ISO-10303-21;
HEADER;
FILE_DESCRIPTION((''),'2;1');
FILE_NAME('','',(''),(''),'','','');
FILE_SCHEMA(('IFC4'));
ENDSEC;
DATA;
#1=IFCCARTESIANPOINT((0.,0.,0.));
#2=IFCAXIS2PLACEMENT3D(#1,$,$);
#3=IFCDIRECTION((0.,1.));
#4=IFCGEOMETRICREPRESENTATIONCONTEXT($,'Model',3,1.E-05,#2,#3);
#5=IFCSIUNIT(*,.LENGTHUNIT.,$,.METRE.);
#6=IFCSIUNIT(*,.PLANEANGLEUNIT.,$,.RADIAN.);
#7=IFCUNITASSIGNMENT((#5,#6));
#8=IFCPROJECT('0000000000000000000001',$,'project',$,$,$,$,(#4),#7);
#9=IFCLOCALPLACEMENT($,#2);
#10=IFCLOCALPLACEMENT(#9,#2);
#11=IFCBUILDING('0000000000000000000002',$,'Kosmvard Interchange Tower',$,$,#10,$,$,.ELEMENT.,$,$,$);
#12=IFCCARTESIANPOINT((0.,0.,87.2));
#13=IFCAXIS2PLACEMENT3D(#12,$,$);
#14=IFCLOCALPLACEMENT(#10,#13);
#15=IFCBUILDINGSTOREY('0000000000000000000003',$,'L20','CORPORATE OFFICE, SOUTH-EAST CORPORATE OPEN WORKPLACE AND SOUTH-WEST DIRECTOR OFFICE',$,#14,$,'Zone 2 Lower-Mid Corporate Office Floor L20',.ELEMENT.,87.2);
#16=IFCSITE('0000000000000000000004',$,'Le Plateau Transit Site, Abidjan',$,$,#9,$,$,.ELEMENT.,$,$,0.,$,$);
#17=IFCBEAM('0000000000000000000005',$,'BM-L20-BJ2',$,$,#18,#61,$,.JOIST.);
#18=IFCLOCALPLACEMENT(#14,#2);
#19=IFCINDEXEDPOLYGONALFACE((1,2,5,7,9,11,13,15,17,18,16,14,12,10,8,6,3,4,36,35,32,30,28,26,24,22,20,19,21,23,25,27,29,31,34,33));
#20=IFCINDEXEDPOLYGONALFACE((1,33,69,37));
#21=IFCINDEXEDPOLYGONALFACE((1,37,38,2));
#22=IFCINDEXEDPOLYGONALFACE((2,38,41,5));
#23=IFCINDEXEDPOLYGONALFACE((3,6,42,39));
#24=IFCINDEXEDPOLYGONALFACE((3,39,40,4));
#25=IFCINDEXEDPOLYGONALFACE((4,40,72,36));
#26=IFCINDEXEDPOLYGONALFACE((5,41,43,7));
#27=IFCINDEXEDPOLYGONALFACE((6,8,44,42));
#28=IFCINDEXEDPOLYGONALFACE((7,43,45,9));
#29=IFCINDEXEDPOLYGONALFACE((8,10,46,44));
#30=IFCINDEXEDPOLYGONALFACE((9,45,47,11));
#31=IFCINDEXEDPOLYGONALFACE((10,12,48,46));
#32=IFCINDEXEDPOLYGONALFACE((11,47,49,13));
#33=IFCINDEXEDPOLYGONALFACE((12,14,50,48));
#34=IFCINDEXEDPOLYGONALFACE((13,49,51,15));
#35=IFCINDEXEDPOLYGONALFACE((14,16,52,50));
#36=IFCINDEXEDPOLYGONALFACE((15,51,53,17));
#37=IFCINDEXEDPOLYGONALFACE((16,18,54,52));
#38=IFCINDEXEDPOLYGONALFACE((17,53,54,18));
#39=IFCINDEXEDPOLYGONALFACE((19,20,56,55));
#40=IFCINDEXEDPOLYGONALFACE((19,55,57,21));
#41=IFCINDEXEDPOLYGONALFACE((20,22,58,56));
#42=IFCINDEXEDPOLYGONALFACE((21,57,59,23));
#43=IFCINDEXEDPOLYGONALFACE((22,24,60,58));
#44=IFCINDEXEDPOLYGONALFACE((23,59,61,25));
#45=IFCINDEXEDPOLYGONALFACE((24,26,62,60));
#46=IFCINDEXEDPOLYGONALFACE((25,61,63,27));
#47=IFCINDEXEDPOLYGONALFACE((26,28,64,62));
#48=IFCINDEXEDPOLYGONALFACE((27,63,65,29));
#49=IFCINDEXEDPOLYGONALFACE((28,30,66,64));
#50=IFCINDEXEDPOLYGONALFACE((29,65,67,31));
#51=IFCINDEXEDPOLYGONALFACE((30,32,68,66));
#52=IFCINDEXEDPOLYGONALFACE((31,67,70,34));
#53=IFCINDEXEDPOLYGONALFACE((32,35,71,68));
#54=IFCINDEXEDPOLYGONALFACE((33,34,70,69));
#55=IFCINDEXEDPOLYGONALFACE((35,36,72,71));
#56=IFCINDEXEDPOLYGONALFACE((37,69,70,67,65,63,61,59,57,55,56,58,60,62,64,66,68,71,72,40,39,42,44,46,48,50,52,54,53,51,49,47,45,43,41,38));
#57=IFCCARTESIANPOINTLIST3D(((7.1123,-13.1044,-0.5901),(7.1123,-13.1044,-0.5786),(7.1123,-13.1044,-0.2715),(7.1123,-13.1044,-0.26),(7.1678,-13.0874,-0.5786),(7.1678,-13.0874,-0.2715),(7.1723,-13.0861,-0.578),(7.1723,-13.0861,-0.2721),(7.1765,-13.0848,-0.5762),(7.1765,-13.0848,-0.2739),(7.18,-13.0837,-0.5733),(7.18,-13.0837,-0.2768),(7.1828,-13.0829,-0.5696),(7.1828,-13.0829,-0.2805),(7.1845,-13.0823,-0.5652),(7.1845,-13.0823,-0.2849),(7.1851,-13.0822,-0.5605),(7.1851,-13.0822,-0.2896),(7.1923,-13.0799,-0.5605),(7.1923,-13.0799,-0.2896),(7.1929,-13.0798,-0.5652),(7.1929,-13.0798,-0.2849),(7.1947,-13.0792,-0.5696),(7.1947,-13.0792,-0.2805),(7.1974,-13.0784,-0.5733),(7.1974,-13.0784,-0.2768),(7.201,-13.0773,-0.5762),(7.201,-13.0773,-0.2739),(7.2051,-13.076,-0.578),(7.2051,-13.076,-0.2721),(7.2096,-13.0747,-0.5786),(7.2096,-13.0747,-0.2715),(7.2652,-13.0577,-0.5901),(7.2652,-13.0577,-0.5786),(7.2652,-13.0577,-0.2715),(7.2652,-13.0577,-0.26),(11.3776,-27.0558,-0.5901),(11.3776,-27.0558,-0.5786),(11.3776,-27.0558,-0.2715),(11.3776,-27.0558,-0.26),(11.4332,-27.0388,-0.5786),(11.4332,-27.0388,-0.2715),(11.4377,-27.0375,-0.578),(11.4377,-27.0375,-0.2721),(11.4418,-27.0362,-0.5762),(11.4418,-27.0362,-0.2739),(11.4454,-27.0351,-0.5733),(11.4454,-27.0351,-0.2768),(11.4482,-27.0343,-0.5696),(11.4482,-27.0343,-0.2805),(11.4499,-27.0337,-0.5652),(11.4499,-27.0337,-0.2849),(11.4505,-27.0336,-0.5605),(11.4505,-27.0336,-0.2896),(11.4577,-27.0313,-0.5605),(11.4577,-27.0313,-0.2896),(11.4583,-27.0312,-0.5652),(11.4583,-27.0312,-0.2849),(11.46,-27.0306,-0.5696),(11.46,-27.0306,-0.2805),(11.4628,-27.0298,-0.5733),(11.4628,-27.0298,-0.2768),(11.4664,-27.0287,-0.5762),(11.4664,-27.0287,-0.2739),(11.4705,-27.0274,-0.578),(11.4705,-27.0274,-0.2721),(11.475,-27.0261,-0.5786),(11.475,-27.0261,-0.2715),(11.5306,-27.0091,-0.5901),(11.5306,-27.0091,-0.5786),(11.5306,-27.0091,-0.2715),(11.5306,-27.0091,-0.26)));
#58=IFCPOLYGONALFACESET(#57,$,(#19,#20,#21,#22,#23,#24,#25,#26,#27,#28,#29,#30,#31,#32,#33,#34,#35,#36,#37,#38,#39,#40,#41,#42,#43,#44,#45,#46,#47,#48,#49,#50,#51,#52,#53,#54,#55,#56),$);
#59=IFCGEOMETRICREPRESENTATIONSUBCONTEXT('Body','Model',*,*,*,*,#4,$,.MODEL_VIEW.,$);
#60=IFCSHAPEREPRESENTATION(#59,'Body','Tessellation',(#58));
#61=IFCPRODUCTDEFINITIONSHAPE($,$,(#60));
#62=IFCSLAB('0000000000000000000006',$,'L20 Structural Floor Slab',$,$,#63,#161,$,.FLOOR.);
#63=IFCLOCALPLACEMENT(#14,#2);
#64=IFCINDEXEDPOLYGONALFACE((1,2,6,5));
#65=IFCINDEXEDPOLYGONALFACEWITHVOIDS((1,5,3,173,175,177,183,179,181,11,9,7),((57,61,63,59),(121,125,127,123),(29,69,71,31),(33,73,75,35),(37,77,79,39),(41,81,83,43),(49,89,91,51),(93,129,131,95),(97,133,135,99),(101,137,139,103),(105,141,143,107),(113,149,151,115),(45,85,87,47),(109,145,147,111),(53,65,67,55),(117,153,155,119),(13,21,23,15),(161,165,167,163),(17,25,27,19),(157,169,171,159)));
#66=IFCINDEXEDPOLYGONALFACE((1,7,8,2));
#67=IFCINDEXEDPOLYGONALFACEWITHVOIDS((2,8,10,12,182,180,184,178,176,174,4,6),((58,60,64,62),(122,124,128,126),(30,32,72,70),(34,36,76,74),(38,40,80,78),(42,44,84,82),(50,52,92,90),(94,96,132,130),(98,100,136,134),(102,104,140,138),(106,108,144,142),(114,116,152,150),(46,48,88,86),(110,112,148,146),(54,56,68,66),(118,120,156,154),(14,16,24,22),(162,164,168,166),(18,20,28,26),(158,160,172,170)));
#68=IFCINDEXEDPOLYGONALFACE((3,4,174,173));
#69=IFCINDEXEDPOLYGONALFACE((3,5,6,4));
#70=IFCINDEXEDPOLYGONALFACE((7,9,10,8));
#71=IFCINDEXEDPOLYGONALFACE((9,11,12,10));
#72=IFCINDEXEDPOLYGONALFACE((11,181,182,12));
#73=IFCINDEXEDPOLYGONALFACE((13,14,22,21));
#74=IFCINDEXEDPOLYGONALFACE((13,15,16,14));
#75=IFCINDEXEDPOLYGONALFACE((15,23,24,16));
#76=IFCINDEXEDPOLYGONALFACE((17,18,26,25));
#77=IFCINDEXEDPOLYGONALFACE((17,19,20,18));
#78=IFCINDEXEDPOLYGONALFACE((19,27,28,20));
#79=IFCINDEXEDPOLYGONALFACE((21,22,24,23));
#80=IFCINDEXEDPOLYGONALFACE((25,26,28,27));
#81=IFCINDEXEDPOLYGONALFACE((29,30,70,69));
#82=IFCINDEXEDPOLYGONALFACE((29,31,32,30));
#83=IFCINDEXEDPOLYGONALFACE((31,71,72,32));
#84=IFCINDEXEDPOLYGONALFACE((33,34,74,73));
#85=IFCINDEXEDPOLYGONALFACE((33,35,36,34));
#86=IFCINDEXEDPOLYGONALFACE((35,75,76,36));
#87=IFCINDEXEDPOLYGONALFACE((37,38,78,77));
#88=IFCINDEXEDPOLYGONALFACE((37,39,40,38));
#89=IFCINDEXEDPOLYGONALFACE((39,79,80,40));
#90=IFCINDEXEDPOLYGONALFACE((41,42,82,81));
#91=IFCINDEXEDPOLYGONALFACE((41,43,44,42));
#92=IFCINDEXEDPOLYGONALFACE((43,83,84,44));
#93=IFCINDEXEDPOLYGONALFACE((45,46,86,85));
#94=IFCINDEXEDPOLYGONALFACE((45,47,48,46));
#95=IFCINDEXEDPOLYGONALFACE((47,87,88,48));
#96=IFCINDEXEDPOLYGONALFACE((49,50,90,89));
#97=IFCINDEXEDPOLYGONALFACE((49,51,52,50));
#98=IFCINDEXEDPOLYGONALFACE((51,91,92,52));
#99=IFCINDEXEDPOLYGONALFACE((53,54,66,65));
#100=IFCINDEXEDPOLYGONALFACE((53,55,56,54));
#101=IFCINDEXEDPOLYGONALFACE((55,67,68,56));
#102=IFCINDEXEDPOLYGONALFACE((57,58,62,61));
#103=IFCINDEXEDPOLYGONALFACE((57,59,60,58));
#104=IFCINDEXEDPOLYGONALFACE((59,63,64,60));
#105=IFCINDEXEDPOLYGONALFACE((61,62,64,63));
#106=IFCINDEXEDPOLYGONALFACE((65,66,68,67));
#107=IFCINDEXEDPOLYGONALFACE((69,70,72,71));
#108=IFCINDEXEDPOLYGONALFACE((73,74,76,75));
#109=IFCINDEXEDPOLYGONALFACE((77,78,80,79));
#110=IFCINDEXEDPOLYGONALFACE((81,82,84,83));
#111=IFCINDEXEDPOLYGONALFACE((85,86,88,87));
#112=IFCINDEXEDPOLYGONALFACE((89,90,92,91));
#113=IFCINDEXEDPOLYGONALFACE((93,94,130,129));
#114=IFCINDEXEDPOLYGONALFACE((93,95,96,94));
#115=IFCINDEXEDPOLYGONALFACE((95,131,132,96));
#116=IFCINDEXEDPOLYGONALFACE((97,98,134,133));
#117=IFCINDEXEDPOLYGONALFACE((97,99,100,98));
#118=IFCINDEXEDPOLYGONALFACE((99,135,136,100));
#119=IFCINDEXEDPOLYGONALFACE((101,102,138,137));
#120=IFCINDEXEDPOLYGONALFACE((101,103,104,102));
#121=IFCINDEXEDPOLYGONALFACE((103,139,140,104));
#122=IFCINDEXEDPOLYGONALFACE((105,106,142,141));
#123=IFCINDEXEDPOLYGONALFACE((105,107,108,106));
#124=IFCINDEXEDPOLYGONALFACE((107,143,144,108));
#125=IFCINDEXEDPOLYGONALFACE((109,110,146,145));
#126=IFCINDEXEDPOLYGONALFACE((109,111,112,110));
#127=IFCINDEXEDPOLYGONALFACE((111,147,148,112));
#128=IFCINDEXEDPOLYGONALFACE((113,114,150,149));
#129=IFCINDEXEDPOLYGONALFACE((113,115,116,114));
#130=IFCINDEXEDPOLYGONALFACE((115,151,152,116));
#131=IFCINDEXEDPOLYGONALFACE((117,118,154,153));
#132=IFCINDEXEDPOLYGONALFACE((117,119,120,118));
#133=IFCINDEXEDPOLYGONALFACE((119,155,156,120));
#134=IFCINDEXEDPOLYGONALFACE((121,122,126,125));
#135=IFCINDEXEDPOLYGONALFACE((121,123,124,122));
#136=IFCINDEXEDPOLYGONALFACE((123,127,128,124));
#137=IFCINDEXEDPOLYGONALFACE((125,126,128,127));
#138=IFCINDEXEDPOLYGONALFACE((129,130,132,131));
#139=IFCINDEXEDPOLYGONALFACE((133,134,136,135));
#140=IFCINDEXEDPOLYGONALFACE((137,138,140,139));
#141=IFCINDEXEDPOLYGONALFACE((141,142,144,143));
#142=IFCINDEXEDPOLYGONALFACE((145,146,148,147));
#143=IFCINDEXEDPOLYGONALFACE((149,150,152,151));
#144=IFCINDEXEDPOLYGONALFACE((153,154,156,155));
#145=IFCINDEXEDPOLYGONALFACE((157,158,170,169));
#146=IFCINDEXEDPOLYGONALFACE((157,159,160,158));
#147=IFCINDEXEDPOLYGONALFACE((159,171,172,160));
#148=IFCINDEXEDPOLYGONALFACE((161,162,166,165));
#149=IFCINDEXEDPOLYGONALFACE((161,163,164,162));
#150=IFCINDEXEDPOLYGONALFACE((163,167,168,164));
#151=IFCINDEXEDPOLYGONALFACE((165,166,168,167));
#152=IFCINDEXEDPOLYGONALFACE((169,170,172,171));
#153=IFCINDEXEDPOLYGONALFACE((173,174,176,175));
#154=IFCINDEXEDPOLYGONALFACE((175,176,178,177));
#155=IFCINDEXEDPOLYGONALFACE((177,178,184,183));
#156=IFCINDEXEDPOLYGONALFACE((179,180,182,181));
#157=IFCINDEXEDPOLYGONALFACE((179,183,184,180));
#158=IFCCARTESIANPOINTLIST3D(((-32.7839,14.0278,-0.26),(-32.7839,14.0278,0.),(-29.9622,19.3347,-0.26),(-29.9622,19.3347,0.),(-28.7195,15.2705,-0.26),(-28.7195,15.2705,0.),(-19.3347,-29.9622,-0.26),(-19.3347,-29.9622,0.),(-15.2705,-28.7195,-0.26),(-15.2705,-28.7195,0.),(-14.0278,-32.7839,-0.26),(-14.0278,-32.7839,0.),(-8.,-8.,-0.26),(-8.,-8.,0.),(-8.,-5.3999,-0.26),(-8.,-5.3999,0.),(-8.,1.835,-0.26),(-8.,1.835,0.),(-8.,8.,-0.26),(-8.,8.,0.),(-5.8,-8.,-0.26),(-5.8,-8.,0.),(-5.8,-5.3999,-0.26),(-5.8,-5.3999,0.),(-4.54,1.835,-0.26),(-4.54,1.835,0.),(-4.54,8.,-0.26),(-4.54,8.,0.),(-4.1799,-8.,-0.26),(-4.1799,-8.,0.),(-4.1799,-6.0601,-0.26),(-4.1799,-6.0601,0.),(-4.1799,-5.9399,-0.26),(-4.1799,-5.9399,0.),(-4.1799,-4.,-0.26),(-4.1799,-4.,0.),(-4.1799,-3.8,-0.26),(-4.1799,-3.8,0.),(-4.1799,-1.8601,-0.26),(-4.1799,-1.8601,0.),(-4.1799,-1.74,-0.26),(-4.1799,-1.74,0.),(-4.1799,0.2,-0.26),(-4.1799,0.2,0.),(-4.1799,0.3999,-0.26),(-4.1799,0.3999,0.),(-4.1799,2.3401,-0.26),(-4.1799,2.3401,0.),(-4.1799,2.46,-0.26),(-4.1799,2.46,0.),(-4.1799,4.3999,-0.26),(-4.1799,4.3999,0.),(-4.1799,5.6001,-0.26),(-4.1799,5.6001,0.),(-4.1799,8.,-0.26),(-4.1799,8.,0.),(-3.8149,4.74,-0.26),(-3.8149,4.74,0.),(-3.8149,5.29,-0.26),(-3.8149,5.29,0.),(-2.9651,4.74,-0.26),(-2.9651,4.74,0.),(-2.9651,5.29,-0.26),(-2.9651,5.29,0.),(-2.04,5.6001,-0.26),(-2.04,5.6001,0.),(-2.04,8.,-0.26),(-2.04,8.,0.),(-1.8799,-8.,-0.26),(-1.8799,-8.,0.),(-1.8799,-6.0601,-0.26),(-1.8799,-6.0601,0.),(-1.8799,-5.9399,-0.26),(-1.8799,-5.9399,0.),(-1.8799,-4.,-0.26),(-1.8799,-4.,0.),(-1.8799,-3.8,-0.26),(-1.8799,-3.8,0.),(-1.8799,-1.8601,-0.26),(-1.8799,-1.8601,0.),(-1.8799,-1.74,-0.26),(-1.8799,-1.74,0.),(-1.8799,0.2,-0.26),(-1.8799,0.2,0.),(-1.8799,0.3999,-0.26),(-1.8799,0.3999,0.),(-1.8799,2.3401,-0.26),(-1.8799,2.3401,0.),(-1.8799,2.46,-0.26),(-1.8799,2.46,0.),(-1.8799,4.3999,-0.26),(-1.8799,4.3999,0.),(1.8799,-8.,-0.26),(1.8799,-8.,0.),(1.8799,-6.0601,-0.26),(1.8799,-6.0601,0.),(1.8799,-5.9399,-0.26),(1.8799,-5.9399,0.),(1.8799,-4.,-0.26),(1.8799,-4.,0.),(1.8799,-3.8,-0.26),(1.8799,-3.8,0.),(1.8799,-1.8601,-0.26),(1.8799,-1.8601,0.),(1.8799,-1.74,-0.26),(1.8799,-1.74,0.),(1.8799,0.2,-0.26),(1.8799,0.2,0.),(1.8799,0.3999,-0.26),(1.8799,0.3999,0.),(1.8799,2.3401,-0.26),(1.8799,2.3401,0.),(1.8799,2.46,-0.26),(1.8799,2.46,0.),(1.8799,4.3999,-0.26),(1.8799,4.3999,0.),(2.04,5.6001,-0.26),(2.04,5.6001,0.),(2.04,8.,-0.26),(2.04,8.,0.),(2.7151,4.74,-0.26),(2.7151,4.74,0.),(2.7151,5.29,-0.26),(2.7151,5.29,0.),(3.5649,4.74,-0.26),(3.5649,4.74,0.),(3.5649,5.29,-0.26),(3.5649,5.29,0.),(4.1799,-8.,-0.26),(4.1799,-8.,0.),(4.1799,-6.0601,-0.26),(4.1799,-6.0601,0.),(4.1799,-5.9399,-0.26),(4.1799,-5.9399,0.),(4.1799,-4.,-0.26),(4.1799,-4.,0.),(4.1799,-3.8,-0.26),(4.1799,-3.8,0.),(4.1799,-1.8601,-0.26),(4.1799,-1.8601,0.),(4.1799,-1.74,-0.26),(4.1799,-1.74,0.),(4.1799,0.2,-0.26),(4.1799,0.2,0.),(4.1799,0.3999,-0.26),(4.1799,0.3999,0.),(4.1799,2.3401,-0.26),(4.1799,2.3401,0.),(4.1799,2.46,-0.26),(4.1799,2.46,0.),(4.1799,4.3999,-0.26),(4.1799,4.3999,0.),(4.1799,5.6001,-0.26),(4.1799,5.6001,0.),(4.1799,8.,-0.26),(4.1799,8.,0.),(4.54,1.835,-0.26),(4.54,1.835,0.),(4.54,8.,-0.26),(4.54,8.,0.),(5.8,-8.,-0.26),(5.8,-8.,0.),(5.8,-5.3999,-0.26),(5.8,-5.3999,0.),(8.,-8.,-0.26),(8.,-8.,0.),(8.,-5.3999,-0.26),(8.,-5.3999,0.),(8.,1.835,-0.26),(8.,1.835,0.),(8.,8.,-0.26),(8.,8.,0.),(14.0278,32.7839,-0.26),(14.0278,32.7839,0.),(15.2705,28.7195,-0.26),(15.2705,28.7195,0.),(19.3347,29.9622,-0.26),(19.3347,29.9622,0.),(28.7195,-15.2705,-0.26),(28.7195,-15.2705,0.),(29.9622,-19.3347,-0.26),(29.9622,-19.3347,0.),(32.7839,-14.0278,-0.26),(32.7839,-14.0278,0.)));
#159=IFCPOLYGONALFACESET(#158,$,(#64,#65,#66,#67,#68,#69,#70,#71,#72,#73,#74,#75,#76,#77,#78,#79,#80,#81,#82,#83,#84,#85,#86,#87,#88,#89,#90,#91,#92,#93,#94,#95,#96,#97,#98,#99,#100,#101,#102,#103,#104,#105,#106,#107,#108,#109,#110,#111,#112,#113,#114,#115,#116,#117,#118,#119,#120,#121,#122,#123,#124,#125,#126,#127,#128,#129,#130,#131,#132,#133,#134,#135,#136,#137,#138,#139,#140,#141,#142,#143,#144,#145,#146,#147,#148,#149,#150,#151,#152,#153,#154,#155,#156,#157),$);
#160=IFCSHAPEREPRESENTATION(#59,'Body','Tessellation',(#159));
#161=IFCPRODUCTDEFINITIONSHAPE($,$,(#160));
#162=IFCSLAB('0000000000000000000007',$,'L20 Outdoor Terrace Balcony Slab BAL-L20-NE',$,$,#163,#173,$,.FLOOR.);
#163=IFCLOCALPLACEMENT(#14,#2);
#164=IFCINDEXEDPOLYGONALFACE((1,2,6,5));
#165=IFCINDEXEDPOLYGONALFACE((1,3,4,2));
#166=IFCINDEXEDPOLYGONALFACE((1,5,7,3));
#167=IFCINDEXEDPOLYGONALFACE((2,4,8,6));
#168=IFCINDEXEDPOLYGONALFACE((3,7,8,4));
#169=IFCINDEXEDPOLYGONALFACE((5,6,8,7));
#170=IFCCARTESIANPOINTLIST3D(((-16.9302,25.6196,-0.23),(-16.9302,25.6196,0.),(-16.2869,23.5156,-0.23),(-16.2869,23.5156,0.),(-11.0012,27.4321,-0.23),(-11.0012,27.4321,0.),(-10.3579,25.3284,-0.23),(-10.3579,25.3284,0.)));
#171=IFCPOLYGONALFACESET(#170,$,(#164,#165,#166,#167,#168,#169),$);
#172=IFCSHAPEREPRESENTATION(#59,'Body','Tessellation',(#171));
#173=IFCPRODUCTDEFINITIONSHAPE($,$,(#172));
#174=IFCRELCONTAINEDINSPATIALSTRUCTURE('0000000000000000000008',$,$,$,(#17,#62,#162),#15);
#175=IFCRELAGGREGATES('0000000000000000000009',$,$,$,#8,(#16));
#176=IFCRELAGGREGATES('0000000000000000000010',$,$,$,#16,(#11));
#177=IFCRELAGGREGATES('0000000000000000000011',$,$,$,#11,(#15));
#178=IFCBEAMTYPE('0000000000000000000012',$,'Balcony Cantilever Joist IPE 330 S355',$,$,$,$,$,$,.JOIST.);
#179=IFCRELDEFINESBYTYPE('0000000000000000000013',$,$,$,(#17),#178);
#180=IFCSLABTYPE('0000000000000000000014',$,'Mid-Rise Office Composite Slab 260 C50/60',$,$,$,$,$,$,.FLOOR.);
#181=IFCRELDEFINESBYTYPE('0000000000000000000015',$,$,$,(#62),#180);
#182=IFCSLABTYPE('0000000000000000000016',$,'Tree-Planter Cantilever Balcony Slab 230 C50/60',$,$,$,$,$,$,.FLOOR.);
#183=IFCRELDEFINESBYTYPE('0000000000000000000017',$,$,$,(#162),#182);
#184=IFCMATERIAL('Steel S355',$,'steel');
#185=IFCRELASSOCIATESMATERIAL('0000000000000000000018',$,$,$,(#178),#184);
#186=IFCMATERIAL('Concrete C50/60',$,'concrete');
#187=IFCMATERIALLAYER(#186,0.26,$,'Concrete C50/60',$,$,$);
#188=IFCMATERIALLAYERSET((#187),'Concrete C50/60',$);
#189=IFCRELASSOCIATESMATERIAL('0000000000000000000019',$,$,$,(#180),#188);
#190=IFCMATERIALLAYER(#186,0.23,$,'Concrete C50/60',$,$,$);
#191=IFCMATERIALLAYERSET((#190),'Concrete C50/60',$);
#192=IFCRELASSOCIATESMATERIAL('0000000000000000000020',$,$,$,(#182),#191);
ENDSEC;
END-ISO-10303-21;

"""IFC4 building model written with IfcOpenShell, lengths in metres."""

from ifc_helpers import new_model, si_unit, direction, frame, origin, origin_2d, place, context, subcontext, project, spatial, polyline, i_section, outline, extrude, source, transform, mapped, material, layer, layer_set, material_profile, profile_set, type_object, element, save


model = new_model("IFC4")

# Units and contexts
model_context = context("Model", 3, precision=1e-05, world=origin(), true_north=direction((0.0, 1.0)))
body_context = subcontext(model_context, "Body", "Model", "MODEL_VIEW")
ifc_project = project(units=[si_unit("LENGTHUNIT", "METRE"), si_unit("PLANEANGLEUNIT", "RADIAN")], contexts=[model_context])

# Site, building, storey
site_placement = place(None, origin())
site = spatial("IfcSite", under=ifc_project, at=site_placement, Name="Le Plateau Transit Site, Abidjan", CompositionType="ELEMENT", RefElevation=0.0)
building_placement = place(site_placement, origin())
building = spatial("IfcBuilding", under=site, at=building_placement, Name="Kosmvard Interchange Tower", CompositionType="ELEMENT")
storey_placement = place(building_placement, frame((0.0, 0.0, 87.2)))
storey = spatial("IfcBuildingStorey", under=building, at=storey_placement, Name="L20", Description="CORPORATE OFFICE, SOUTH-EAST CORPORATE OPEN WORKPLACE AND SOUTH-WEST DIRECTOR OFFICE", LongName="Zone 2 Lower-Mid Corporate Office Floor L20", CompositionType="ELEMENT", Elevation=87.2)

# Beam
ifc_material_1 = material(Name="Steel S355", Category="steel")
ifc_material_profile_1 = material_profile(ifc_material_1, i_section(OverallWidth=0.1599, OverallDepth=0.3301, WebThickness=0.0076, FlangeThickness=0.0115, FilletRadius=0.0181, at=origin_2d()), Name="IPE 330")
ifc_profile_set_1 = profile_set([ifc_material_profile_1], Name="Steel S355")
beam_type_1 = type_object("IfcBeamType", Name="Balcony Cantilever Joist IPE 330 S355", PredefinedType="JOIST", material=ifc_profile_set_1)
shared_shape_1 = source(origin(), body_context, "Body", "SweptSolid", [
    extrude(i_section(OverallWidth=0.1599, OverallDepth=0.3301, WebThickness=0.0076, FlangeThickness=0.0115, FilletRadius=0.0181, at=origin_2d()), origin(), (0.0, 0.0, 1.0), 14.5889),
])
beam_1_placement = place(storey_placement, frame((7.1887, -13.0811, -0.425), z_axis=(0.292372, -0.956305, 0.0), x_axis=(0.956305, 0.292372, 0.0)))
element("IfcBeam", 1, at=beam_1_placement, inside=storey, type_object=beam_type_1, Name="BM-L20-BJ2", PredefinedType="JOIST", context=body_context, shape_type="MappedRepresentation", body=[
    mapped(shared_shape_1, transform((0.0, 0.0, 0.0), scale=1.0)),
])

# Slabs
ifc_material_2 = material(Name="Concrete C50/60", Category="concrete")
ifc_layer_1 = layer(ifc_material_2, 0.26, Name="Concrete C50/60")
ifc_layer_set_1 = layer_set([ifc_layer_1], Name="Concrete C50/60")
slab_type_1 = type_object("IfcSlabType", Name="Mid-Rise Office Composite Slab 260 C50/60", PredefinedType="FLOOR", material=ifc_layer_set_1)
slab_1_placement = place(storey_placement, frame((0.0, 0.0, -0.26)))
element("IfcSlab", 2, at=slab_1_placement, inside=storey, type_object=slab_type_1, Name="L20 Structural Floor Slab", PredefinedType="FLOOR", context=body_context, shape_type="SweptSolid", body=[
    extrude(outline(polyline([(-14.0278, -32.7839), (29.9622, -19.3347), (28.7195, -15.2705), (32.7839, -14.0278), (19.3347, 29.9622), (15.2705, 28.7195), (14.0278, 32.7839), (-29.9622, 19.3347), (-28.7195, 15.2705), (-32.7839, 14.0278), (-19.3347, -29.9622), (-15.2705, -28.7195), (-14.0278, -32.7839)]), holes=[polyline([(-8.0, 1.835), (-4.54, 1.835), (-4.54, 8.0), (-8.0, 8.0), (-8.0, 1.835)]), polyline([(4.54, 1.835), (8.0, 1.835), (8.0, 8.0), (4.54, 8.0), (4.54, 1.835)]), polyline([(-8.0, -8.0), (-5.8, -8.0), (-5.8, -5.3999), (-8.0, -5.3999), (-8.0, -8.0)]), polyline([(5.8, -8.0), (8.0, -8.0), (8.0, -5.3999), (5.8, -5.3999), (5.8, -8.0)]), polyline([(-4.1799, -8.0), (-1.8799, -8.0), (-1.8799, -6.0601), (-4.1799, -6.0601), (-4.1799, -8.0)]), polyline([(-4.1799, -5.9399), (-1.8799, -5.9399), (-1.8799, -4.0), (-4.1799, -4.0), (-4.1799, -5.9399)]), polyline([(1.8799, -8.0), (4.1799, -8.0), (4.1799, -6.0601), (1.8799, -6.0601), (1.8799, -8.0)]), polyline([(1.8799, -5.9399), (4.1799, -5.9399), (4.1799, -4.0), (1.8799, -4.0), (1.8799, -5.9399)]), polyline([(-4.1799, -3.8), (-1.8799, -3.8), (-1.8799, -1.8601), (-4.1799, -1.8601), (-4.1799, -3.8)]), polyline([(-4.1799, -1.74), (-1.8799, -1.74), (-1.8799, 0.2), (-4.1799, 0.2), (-4.1799, -1.74)]), polyline([(1.8799, -3.8), (4.1799, -3.8), (4.1799, -1.8601), (1.8799, -1.8601), (1.8799, -3.8)]), polyline([(1.8799, -1.74), (4.1799, -1.74), (4.1799, 0.2), (1.8799, 0.2), (1.8799, -1.74)]), polyline([(-4.1799, 0.3999), (-1.8799, 0.3999), (-1.8799, 2.3401), (-4.1799, 2.3401), (-4.1799, 0.3999)]), polyline([(-4.1799, 2.46), (-1.8799, 2.46), (-1.8799, 4.3999), (-4.1799, 4.3999), (-4.1799, 2.46)]), polyline([(1.8799, 0.3999), (4.1799, 0.3999), (4.1799, 2.3401), (1.8799, 2.3401), (1.8799, 0.3999)]), polyline([(1.8799, 2.46), (4.1799, 2.46), (4.1799, 4.3999), (1.8799, 4.3999), (1.8799, 2.46)]), polyline([(-4.1799, 5.6001), (-2.04, 5.6001), (-2.04, 8.0), (-4.1799, 8.0), (-4.1799, 5.6001)]), polyline([(2.04, 5.6001), (4.1799, 5.6001), (4.1799, 8.0), (2.04, 8.0), (2.04, 5.6001)]), polyline([(-3.8149, 4.74), (-2.9651, 4.74), (-2.9651, 5.29), (-3.8149, 5.29), (-3.8149, 4.74)]), polyline([(2.7151, 4.74), (3.5649, 4.74), (3.5649, 5.29), (2.7151, 5.29), (2.7151, 4.74)])]), origin(), (0.0, 0.0, 1.0), 0.26),
])
ifc_layer_2 = layer(ifc_material_2, 0.23, Name="Concrete C50/60")
ifc_layer_set_2 = layer_set([ifc_layer_2], Name="Concrete C50/60")
slab_type_2 = type_object("IfcSlabType", Name="Tree-Planter Cantilever Balcony Slab 230 C50/60", PredefinedType="FLOOR", material=ifc_layer_set_2)
slab_2_placement = place(storey_placement, frame((0.0, 0.0, -0.23)))
element("IfcSlab", 3, at=slab_2_placement, inside=storey, type_object=slab_type_2, Name="L20 Outdoor Terrace Balcony Slab BAL-L20-NE", PredefinedType="FLOOR", context=body_context, shape_type="SweptSolid", body=[
    extrude(outline(polyline([(-16.2869, 23.5156), (-10.3579, 25.3284), (-11.0012, 27.4321), (-16.9302, 25.6196), (-16.2869, 23.5156)])), origin(), (0.0, 0.0, 1.0), 0.23),
])

save(model, "model.ifc")
